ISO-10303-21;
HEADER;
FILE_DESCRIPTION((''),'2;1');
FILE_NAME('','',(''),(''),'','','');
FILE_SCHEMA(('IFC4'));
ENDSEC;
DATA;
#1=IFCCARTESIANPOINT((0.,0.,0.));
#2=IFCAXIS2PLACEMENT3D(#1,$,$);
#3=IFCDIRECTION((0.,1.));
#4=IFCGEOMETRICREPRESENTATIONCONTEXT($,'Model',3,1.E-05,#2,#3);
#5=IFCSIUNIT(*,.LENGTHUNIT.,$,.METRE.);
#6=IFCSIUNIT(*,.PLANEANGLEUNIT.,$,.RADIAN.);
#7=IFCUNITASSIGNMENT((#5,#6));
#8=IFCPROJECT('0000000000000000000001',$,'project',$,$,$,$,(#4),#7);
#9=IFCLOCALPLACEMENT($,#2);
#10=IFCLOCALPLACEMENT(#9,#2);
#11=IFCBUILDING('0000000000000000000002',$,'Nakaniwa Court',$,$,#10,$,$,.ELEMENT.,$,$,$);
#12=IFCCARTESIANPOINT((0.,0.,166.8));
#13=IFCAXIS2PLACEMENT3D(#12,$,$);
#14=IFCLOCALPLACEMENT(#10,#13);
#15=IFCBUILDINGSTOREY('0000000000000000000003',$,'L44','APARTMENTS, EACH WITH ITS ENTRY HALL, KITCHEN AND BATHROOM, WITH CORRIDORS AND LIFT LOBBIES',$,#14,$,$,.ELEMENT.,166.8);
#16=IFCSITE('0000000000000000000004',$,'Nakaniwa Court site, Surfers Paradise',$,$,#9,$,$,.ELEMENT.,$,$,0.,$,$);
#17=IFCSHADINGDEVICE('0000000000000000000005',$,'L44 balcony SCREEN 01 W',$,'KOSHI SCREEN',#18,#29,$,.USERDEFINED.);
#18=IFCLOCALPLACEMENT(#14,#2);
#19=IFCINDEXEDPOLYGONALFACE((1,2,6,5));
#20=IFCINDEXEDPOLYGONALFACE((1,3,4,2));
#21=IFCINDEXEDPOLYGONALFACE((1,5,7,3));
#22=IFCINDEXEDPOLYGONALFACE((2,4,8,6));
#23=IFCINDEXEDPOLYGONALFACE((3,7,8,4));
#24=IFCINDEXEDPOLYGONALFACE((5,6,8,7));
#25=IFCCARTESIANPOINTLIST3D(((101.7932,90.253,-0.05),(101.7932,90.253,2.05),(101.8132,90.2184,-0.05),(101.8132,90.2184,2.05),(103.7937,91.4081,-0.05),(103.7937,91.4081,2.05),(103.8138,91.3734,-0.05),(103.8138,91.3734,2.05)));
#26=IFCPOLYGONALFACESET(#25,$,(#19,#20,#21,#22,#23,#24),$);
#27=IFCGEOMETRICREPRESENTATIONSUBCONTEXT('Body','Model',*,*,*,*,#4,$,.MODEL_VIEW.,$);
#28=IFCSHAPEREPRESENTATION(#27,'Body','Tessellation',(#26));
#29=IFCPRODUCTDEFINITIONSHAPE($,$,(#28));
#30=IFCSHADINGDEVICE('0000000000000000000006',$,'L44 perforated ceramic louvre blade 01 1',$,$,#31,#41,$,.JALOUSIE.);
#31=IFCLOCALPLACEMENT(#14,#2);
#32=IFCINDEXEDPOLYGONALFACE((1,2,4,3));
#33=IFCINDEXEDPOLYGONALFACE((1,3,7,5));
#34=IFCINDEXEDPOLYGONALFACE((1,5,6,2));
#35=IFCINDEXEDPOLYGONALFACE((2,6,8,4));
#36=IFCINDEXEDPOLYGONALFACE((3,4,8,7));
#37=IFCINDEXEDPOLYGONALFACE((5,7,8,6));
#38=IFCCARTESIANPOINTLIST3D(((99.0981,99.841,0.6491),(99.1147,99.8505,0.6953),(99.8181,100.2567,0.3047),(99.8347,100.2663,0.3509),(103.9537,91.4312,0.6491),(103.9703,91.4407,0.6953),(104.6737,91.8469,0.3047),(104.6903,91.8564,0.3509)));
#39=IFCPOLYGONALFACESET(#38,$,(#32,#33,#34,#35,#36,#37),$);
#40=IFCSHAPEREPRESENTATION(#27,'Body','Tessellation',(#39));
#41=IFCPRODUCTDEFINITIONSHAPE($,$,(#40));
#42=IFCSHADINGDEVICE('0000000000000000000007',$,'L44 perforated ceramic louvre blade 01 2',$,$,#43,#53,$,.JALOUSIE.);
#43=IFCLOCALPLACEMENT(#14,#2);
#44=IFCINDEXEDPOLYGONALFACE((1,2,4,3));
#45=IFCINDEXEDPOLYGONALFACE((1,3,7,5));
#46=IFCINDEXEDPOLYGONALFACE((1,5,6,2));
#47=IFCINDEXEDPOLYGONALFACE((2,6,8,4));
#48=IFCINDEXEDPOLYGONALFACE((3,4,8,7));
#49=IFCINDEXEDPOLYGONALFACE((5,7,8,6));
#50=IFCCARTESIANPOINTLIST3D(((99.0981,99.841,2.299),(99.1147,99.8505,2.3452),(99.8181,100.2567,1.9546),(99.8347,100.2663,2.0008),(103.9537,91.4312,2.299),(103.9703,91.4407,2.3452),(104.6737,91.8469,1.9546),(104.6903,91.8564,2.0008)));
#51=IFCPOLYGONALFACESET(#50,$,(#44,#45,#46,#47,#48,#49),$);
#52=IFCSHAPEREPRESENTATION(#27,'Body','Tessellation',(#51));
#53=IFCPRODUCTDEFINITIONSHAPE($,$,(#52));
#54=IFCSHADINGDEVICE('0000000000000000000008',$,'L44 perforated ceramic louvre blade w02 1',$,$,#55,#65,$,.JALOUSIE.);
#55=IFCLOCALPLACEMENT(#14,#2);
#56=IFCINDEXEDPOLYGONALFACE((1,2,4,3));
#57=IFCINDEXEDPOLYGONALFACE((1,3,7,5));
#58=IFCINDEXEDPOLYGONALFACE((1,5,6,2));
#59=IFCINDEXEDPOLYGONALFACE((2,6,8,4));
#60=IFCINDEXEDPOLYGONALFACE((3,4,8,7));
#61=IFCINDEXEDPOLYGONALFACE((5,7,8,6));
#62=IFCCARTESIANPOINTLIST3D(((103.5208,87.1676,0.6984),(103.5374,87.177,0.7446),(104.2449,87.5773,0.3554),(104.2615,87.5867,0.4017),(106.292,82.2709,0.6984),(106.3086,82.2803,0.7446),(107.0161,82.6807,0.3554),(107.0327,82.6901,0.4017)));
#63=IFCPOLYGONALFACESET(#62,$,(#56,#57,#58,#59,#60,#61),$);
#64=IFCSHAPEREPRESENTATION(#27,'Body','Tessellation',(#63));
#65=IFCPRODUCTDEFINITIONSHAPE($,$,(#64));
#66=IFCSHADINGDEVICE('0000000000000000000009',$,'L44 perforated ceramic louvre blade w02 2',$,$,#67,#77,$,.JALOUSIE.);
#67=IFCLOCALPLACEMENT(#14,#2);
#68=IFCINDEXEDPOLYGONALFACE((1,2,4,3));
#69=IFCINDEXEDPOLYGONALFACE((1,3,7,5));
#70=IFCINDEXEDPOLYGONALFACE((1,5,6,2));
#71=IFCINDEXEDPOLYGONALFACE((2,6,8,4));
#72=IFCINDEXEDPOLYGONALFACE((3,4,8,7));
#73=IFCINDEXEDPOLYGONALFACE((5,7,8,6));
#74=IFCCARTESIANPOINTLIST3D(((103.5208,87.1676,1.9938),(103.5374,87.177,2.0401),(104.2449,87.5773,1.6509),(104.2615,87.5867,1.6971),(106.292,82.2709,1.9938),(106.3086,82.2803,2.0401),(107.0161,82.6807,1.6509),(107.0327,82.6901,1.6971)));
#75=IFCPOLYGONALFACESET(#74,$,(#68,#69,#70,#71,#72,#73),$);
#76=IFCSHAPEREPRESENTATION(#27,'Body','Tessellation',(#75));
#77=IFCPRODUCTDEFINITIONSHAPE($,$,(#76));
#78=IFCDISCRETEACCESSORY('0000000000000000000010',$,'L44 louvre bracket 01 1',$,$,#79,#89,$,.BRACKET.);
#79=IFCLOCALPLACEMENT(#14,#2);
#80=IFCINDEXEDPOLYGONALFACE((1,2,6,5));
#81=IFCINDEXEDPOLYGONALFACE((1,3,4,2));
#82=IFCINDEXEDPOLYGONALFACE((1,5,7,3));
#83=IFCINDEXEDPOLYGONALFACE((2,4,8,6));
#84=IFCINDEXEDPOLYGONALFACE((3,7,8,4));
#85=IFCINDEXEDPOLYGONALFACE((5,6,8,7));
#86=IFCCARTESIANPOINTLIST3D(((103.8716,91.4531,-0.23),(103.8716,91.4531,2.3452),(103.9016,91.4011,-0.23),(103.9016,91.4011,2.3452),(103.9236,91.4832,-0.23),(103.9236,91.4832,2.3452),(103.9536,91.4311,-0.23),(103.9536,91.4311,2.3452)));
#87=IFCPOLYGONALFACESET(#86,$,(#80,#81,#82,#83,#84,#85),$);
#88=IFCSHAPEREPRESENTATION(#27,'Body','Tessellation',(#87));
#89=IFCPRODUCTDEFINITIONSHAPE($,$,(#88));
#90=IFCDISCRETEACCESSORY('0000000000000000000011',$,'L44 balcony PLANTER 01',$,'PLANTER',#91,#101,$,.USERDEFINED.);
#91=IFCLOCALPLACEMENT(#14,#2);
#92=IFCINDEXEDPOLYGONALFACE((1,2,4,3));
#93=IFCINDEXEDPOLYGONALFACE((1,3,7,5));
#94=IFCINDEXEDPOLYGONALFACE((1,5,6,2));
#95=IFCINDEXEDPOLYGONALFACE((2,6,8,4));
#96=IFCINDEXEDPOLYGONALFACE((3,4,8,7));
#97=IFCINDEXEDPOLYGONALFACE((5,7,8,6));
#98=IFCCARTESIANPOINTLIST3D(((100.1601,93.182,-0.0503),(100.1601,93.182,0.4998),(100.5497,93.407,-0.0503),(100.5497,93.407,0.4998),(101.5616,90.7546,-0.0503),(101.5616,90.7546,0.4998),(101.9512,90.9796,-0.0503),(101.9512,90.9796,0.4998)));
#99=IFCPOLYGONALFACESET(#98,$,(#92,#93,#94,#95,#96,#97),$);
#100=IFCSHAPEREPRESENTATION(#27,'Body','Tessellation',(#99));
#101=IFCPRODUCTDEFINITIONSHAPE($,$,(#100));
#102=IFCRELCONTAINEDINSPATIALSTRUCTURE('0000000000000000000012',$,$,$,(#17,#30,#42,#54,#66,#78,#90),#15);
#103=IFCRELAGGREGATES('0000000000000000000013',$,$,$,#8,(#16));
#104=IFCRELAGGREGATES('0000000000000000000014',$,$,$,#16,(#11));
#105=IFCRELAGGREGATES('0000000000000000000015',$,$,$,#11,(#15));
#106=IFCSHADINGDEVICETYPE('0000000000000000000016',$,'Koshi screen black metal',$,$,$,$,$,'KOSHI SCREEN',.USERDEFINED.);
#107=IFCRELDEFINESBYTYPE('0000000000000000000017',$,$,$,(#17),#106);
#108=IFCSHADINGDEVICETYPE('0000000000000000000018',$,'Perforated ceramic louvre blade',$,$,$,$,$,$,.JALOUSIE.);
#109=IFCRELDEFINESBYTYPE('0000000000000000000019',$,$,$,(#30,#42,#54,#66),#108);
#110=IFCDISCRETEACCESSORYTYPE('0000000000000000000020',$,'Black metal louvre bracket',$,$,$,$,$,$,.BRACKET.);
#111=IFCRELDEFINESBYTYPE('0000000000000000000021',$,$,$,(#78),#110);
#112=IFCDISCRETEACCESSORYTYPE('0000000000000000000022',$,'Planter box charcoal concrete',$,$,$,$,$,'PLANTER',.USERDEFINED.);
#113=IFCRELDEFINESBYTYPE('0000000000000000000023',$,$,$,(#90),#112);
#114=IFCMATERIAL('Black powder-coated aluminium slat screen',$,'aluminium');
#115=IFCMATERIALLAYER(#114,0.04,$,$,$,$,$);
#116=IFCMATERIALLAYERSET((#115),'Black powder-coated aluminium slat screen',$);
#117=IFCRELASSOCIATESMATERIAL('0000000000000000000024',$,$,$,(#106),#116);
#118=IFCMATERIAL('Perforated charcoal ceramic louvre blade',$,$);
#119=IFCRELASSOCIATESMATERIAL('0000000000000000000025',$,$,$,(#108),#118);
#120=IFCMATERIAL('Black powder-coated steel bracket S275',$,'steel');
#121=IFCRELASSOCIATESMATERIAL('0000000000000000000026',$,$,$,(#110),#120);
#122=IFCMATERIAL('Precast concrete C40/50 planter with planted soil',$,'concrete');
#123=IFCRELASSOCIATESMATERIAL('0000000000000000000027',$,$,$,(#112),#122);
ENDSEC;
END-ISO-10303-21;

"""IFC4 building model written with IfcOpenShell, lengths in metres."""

from ifc_helpers import new_model, si_unit, direction, frame, origin, origin_2d, place, context, subcontext, project, spatial, rectangle, extrude, material, layer, layer_set, material_profile, profile_set, type_object, element, save


model = new_model("IFC4")

# Units and contexts
model_context = context("Model", 3, precision=1e-05, world=origin(), true_north=direction((0.0, 1.0)))
body_context = subcontext(model_context, "Body", "Model", "MODEL_VIEW")
ifc_project = project(units=[si_unit("LENGTHUNIT", "METRE"), si_unit("PLANEANGLEUNIT", "RADIAN")], contexts=[model_context])

# Site, building, storey
site_placement = place(None, origin())
site = spatial("IfcSite", under=ifc_project, at=site_placement, Name="Nakaniwa Court site, Surfers Paradise", CompositionType="ELEMENT", RefElevation=0.0)
building_placement = place(site_placement, origin())
building = spatial("IfcBuilding", under=site, at=building_placement, Name="Nakaniwa Court", CompositionType="ELEMENT")
storey_placement = place(building_placement, frame((0.0, 0.0, 166.8)))
storey = spatial("IfcBuildingStorey", under=building, at=storey_placement, Name="L44", Description="APARTMENTS, EACH WITH ITS ENTRY HALL, KITCHEN AND BATHROOM, WITH CORRIDORS AND LIFT LOBBIES", CompositionType="ELEMENT", Elevation=166.8)

# Shading devices
ifc_material_1 = material(Name="Black powder-coated aluminium slat screen", Category="aluminium")
ifc_layer_1 = layer(ifc_material_1, 0.04)
ifc_layer_set_1 = layer_set([ifc_layer_1], Name="Black powder-coated aluminium slat screen")
shading_device_type_1 = type_object("IfcShadingDeviceType", Name="Koshi screen black metal", ElementType="KOSHI SCREEN", PredefinedType="USERDEFINED", material=ifc_layer_set_1)
shading_device_placement = place(storey_placement, frame((102.8035, 90.8132, -0.05), z_axis=(0.0, 0.0, 1.0), x_axis=(-0.500005, 0.866023, 0.0)))
element("IfcShadingDevice", 1, at=shading_device_placement, inside=storey, type_object=shading_device_type_1, Name="L44 balcony SCREEN 01 W", ObjectType="KOSHI SCREEN", PredefinedType="USERDEFINED", context=body_context, shape_type="SweptSolid", body=[
    extrude(rectangle(XDim=0.04, YDim=2.3101, at=origin_2d()), origin(), (0.0, 0.0, 1.0), 2.1001),
])
ifc_material_2 = material(Name="Perforated charcoal ceramic louvre blade")
ifc_material_profile_1 = material_profile(ifc_material_2, rectangle(XDim=0.8999, YDim=0.05, at=origin_2d()), Name="Perforated ceramic louvre blade")
ifc_profile_set_1 = profile_set([ifc_material_profile_1], Name="Perforated charcoal ceramic louvre blade")
shading_device_type_2 = type_object("IfcShadingDeviceType", Name="Perforated ceramic louvre blade", PredefinedType="JALOUSIE", material=ifc_profile_set_1)
for number, where, z_axis, x_axis, name in (
    (2, (104.322, 91.6438, 0.5), (-0.500019, 0.866014, 0.0), (-0.800093, -0.461957, 0.382683), "L44 perforated ceramic louvre blade 01 1"),
    (3, (104.322, 91.6438, 2.1499), (-0.500019, 0.866014, 0.0), (-0.800093, -0.461957, 0.382683), "L44 perforated ceramic louvre blade 01 2"),
):
    element("IfcShadingDevice", number, at=place(storey_placement, frame(where, z_axis=z_axis, x_axis=x_axis)), inside=storey, type_object=shading_device_type_2, Name=name, PredefinedType="JALOUSIE", context=body_context, shape_type="SweptSolid", body=[
        extrude(rectangle(XDim=0.8999, YDim=0.05, at=origin_2d()), origin(), (0.0, 0.0, 1.0), 9.7109),
    ])
for number, where, z_axis, x_axis, name in (
    (4, (106.6624, 82.4805, 0.55), (-0.492532, 0.870294, 0.0), (-0.804627, -0.455368, 0.38107), "L44 perforated ceramic louvre blade w02 1"),
    (5, (106.6624, 82.4805, 1.8455), (-0.492532, 0.870294, 0.0), (-0.804627, -0.455368, 0.38107), "L44 perforated ceramic louvre blade w02 2"),
):
    element("IfcShadingDevice", number, at=place(storey_placement, frame(where, z_axis=z_axis, x_axis=x_axis)), inside=storey, type_object=shading_device_type_2, Name=name, PredefinedType="JALOUSIE", context=body_context, shape_type="SweptSolid", body=[
        extrude(rectangle(XDim=0.8999, YDim=0.05, at=origin_2d()), origin(), (0.0, 0.0, 1.0), 5.6265),
    ])

# Discrete accessories
ifc_material_3 = material(Name="Black powder-coated steel bracket S275", Category="steel")
discrete_accessory_type_1 = type_object("IfcDiscreteAccessoryType", Name="Black metal louvre bracket", PredefinedType="BRACKET", material=ifc_material_3)
discrete_accessory_1_placement = place(storey_placement, frame((103.9126, 91.4421, -0.23), z_axis=(0.0, 0.0, 1.0), x_axis=(-0.500005, 0.866023, 0.0)))
element("IfcDiscreteAccessory", 6, at=discrete_accessory_1_placement, inside=storey, type_object=discrete_accessory_type_1, Name="L44 louvre bracket 01 1", PredefinedType="BRACKET", context=body_context, shape_type="SweptSolid", body=[
    extrude(rectangle(XDim=0.0601, YDim=0.0601, at=origin_2d()), origin(), (0.0, 0.0, 1.0), 2.5752),
])
ifc_material_4 = material(Name="Precast concrete C40/50 planter with planted soil", Category="concrete")
discrete_accessory_type_2 = type_object("IfcDiscreteAccessoryType", Name="Planter box charcoal concrete", ElementType="PLANTER", PredefinedType="USERDEFINED", material=ifc_material_4)
discrete_accessory_2_placement = place(storey_placement, frame((101.0557, 92.0808, -0.0503), z_axis=(0.0, 0.0, 1.0), x_axis=(-0.500005, 0.866023, 0.0)))
element("IfcDiscreteAccessory", 7, at=discrete_accessory_2_placement, inside=storey, type_object=discrete_accessory_type_2, Name="L44 balcony PLANTER 01", ObjectType="PLANTER", PredefinedType="USERDEFINED", context=body_context, shape_type="SweptSolid", body=[
    extrude(rectangle(XDim=2.803, YDim=0.45, at=origin_2d()), origin(), (0.0, 0.0, 1.0), 0.55),
])

save(model, "model.ifc")
